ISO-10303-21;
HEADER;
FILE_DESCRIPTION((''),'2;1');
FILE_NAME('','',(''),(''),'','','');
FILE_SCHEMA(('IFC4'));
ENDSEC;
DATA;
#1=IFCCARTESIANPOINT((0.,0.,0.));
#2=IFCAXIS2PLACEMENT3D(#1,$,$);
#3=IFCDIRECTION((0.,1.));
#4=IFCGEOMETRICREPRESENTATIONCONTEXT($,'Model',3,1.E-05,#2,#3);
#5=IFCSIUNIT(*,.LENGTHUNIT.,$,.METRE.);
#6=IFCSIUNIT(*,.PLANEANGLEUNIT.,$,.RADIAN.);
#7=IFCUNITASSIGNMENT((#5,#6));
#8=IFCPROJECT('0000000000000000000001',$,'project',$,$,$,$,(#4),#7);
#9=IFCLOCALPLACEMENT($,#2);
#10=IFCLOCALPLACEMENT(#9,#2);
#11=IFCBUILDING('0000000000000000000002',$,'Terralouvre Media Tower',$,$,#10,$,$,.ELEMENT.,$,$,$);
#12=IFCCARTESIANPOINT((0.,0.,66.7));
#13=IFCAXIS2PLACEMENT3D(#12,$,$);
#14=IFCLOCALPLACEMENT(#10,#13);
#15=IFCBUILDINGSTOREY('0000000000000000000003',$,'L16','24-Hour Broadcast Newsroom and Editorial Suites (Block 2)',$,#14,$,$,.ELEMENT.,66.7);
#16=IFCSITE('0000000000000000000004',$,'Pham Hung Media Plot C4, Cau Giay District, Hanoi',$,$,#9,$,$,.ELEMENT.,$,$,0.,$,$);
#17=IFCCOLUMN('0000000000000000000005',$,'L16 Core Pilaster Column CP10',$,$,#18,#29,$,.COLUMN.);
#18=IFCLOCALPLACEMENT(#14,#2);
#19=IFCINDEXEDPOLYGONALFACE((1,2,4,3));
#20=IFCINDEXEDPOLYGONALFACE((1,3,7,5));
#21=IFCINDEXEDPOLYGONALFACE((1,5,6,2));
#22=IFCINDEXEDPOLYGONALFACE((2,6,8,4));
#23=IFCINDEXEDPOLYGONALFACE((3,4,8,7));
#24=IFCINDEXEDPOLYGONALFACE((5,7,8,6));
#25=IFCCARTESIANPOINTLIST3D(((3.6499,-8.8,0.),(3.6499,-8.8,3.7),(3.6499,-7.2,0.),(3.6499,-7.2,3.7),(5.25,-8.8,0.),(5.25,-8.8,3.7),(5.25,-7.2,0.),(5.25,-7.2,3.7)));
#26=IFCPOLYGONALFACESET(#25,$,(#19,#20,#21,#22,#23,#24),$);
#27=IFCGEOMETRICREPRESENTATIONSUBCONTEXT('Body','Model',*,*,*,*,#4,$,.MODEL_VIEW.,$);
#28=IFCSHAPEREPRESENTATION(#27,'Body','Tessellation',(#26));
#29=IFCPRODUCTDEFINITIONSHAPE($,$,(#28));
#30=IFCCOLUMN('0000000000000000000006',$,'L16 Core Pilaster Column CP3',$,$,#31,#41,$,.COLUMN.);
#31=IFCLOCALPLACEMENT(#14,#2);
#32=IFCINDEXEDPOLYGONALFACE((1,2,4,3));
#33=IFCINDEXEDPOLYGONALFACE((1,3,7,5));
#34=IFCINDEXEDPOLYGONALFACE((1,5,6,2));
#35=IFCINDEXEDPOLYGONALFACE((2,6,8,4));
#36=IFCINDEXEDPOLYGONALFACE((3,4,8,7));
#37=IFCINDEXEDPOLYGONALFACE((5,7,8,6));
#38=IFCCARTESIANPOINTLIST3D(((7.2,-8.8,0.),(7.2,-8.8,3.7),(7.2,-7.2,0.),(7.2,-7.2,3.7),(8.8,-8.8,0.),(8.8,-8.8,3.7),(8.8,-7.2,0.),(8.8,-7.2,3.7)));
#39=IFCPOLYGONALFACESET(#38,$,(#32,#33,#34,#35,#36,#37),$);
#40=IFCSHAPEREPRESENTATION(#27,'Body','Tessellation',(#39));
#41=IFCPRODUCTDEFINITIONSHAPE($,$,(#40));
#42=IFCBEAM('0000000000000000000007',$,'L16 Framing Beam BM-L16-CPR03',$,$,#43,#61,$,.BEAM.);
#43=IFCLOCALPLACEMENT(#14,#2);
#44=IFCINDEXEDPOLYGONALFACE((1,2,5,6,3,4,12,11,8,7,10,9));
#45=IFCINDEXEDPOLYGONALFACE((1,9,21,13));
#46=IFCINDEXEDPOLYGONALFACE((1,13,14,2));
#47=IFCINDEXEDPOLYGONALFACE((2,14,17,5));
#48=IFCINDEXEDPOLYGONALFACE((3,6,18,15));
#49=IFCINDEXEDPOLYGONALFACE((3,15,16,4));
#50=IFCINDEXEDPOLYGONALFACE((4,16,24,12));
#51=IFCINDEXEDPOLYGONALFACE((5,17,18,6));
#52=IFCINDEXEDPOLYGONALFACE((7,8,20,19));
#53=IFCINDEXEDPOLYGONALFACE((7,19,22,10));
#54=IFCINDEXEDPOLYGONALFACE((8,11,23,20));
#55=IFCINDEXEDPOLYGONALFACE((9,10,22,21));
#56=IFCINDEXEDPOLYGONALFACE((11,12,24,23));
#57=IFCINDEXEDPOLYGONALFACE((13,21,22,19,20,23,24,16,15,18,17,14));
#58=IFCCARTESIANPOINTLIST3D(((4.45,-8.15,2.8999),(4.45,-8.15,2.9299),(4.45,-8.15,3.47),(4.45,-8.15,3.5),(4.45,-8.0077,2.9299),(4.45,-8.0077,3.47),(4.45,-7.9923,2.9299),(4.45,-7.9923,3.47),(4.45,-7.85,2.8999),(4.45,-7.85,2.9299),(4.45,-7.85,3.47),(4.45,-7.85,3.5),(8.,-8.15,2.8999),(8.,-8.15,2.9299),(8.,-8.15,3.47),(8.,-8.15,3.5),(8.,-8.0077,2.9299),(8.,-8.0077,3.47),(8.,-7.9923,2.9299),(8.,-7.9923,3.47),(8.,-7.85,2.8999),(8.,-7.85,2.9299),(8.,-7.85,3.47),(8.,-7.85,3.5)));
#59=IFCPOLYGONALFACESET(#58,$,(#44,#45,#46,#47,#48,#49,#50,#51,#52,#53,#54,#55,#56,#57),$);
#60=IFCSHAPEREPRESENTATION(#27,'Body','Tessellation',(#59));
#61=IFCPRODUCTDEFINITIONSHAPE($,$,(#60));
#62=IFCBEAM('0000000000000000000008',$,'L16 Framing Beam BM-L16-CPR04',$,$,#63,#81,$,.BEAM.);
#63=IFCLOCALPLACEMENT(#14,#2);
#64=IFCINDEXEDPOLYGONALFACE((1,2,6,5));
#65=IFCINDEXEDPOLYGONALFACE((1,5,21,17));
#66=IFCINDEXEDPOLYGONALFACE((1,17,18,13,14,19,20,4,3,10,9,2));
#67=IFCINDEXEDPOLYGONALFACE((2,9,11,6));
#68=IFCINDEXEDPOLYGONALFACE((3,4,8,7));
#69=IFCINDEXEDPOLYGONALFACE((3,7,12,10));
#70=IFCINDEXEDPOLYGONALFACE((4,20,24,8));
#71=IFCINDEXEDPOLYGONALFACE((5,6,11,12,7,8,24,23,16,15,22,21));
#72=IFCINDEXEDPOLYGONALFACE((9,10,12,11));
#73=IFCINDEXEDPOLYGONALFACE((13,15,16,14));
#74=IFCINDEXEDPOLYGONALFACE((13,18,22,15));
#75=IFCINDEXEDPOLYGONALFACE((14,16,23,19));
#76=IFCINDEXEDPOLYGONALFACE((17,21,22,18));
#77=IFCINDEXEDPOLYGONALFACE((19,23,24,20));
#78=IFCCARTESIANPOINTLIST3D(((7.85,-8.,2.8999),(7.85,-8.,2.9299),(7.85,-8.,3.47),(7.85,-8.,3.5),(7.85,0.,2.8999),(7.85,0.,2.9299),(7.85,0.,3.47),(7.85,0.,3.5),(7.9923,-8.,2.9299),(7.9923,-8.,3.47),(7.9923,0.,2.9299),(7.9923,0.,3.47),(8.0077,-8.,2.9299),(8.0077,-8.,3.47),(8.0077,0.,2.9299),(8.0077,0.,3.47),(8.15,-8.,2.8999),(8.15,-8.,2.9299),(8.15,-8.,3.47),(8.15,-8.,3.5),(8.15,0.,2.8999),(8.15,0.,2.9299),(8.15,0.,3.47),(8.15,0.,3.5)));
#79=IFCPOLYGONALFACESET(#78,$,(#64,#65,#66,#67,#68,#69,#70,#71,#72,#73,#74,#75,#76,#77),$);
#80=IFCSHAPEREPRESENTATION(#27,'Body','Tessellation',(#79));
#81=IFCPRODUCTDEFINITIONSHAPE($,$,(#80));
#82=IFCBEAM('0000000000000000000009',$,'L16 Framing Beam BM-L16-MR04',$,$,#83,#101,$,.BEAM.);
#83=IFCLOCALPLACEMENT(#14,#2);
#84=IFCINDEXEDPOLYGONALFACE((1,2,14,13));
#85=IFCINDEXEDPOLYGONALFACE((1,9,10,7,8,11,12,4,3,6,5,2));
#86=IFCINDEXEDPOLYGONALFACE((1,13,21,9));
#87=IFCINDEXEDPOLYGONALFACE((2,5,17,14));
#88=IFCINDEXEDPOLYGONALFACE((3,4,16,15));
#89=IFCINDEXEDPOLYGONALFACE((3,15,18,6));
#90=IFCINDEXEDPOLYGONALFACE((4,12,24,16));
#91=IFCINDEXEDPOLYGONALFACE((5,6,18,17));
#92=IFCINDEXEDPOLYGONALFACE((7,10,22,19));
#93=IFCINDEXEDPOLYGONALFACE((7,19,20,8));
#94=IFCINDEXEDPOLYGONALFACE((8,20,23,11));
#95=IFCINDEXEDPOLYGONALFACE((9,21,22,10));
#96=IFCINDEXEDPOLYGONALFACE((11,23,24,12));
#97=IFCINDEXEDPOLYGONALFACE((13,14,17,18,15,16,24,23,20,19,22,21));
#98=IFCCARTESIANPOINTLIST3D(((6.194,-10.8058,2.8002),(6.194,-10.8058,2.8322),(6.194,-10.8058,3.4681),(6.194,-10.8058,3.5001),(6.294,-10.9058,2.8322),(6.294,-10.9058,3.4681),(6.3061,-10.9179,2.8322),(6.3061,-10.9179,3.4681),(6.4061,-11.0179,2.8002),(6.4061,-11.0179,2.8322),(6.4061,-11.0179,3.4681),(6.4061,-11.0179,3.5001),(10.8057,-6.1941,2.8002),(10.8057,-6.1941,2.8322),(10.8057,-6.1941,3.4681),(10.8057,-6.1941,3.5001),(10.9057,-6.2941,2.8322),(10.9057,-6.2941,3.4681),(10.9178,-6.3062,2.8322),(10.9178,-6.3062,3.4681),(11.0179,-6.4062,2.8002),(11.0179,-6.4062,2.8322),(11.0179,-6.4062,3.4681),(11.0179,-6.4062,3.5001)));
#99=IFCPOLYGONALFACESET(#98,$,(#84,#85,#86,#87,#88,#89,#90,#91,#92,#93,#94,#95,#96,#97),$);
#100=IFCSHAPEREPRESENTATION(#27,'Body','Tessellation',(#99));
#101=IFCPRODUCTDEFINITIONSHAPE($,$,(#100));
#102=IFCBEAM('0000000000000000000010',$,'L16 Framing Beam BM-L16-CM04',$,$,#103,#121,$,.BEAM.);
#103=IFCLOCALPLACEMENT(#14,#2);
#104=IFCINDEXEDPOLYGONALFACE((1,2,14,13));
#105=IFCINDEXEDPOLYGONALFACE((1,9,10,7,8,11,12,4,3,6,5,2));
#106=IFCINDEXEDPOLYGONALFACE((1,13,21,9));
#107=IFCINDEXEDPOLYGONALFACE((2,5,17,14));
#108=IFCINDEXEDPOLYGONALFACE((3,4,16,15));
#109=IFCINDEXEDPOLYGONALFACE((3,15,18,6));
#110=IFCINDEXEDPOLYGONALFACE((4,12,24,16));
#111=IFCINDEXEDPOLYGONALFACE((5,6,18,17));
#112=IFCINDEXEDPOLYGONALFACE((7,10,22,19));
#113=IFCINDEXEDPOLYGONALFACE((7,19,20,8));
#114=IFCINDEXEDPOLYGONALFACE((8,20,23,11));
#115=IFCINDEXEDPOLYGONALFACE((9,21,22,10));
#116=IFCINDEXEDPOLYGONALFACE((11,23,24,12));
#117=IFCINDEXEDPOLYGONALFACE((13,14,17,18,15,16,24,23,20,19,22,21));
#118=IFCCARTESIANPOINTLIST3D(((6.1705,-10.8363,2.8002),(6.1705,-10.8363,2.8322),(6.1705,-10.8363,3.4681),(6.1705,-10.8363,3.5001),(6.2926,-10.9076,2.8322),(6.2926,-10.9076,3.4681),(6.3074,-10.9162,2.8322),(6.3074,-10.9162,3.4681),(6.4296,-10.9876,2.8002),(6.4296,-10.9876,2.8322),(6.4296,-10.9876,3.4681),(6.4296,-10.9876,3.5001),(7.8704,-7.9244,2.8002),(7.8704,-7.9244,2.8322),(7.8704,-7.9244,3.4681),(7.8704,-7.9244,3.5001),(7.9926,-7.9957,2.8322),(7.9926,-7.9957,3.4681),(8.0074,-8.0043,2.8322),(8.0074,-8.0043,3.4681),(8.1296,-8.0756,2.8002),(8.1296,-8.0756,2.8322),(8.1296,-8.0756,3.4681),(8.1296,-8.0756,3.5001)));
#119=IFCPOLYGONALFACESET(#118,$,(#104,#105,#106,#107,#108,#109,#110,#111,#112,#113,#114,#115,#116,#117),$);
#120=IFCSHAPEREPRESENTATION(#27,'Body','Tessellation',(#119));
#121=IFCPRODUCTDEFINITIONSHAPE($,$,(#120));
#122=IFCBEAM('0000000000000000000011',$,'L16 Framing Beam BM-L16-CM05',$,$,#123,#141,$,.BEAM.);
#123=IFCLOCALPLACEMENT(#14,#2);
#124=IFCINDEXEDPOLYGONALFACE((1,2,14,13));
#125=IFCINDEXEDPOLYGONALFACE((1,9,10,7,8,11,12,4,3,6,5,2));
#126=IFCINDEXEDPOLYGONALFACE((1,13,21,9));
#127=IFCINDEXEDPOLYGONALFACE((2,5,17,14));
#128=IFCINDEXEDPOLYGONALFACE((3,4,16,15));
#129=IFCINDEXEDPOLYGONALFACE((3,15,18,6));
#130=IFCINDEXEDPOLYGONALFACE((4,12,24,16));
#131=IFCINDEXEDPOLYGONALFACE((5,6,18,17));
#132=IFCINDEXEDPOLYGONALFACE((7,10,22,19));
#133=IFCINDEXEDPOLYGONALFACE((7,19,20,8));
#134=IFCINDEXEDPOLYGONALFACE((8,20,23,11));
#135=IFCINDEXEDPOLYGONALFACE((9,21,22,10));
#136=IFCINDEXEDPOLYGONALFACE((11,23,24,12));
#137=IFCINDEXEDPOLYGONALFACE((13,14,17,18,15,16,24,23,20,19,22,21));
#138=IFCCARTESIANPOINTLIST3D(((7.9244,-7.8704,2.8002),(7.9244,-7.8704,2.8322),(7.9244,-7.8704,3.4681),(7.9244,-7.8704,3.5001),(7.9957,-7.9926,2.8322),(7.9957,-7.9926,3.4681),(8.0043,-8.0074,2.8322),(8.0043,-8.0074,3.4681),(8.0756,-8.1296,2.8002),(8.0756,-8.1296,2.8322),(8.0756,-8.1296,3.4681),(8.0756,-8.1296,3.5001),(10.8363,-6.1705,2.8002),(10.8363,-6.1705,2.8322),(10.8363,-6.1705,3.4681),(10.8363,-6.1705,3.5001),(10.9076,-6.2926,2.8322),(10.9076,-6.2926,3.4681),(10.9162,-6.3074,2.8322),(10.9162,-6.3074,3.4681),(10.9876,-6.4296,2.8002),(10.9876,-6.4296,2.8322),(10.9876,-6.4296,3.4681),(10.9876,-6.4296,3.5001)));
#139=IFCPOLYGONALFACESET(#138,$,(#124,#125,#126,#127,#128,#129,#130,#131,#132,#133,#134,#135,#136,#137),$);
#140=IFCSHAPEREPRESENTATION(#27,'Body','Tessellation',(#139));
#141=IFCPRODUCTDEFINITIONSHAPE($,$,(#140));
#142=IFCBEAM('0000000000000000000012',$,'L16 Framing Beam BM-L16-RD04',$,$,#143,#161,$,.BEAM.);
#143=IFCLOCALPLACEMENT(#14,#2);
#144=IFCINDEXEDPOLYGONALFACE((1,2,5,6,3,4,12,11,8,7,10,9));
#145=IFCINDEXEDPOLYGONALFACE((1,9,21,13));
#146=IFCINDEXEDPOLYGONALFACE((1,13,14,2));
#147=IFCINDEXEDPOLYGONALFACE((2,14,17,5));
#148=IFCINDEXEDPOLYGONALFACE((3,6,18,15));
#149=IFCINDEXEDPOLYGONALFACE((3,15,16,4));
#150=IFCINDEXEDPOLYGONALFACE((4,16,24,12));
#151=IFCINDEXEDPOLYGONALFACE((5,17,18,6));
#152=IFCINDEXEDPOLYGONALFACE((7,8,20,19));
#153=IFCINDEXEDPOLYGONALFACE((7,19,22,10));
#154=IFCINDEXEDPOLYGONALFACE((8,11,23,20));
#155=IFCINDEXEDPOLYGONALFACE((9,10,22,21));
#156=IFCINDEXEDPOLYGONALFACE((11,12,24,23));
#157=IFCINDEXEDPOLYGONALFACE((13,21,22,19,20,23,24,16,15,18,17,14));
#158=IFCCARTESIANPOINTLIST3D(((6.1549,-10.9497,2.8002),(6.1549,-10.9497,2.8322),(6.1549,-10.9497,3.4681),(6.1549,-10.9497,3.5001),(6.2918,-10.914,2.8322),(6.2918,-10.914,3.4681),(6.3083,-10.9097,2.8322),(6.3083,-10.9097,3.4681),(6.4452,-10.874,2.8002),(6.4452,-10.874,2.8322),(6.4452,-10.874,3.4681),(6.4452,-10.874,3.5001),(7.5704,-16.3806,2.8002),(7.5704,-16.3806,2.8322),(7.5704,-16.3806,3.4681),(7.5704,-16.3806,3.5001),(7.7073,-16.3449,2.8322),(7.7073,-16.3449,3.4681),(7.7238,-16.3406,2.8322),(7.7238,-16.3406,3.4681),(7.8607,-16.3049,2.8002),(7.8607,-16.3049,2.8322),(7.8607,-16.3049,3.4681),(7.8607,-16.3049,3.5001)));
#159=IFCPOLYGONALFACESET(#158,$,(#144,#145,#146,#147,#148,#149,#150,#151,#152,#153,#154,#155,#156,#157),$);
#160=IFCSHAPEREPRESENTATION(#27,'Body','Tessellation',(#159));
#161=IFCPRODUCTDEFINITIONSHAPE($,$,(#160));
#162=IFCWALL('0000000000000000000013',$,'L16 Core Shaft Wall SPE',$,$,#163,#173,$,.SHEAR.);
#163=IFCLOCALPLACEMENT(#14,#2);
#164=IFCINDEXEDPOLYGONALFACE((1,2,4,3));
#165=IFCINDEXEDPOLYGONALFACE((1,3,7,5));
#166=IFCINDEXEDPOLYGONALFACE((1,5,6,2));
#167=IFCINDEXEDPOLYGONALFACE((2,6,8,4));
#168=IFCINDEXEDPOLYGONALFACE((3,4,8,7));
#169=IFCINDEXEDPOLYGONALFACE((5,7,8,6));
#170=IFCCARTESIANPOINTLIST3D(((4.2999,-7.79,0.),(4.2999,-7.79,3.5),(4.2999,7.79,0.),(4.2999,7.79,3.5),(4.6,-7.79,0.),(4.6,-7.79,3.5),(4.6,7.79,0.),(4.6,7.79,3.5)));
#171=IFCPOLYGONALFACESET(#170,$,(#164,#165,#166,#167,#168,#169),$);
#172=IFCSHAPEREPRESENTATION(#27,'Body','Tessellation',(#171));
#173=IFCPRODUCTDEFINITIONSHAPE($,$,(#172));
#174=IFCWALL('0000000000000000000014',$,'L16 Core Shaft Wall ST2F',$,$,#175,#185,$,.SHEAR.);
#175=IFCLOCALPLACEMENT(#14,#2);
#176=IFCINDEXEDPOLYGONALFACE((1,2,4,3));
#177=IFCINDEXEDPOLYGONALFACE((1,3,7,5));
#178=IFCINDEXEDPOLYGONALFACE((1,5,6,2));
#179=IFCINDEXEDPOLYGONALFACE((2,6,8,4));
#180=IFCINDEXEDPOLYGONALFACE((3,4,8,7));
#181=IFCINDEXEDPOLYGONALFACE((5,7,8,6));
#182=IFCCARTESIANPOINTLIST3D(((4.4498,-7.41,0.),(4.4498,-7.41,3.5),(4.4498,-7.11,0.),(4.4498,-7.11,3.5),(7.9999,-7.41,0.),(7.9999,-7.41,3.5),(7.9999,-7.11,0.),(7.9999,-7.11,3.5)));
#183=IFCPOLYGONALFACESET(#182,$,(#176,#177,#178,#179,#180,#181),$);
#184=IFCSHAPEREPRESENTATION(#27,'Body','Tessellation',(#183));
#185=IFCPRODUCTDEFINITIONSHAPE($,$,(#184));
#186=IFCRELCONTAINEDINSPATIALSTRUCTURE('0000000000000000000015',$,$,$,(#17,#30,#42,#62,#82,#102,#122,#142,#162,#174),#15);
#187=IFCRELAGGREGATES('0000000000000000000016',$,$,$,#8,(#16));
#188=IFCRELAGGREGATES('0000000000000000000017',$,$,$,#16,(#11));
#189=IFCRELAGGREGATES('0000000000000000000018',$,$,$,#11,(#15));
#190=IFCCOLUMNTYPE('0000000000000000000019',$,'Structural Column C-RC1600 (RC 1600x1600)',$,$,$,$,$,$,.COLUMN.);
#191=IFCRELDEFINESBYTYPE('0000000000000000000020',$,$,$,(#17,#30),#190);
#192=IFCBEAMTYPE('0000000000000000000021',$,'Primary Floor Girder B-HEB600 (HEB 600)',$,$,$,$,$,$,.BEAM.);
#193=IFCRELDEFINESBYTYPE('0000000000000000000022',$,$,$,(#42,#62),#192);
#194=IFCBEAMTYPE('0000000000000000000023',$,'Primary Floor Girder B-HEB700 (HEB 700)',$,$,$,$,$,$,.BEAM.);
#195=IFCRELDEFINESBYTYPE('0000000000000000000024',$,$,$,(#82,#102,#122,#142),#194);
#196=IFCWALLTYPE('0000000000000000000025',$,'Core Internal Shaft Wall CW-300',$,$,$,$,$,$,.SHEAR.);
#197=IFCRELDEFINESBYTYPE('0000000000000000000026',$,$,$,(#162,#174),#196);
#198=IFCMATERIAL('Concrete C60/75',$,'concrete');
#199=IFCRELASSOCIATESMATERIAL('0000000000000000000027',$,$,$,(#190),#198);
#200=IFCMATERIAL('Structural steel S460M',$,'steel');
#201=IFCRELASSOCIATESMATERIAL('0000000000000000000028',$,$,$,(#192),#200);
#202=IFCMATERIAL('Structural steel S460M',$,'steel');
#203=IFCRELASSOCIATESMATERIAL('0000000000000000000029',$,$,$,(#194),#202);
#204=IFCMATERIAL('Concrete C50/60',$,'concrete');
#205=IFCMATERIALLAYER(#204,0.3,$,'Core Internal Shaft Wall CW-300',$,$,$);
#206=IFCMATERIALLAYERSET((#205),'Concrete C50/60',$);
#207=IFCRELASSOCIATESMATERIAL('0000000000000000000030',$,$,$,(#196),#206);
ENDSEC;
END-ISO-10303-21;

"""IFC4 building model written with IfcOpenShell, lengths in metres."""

from ifc_helpers import new_model, si_unit, direction, frame, frame_2d, origin, origin_2d, place, context, subcontext, project, spatial, rectangle, i_section, extrude, material, layer, layer_set, material_profile, profile_set, type_object, element, save


model = new_model("IFC4")

# Units and contexts
model_context = context("Model", 3, precision=1e-05, world=origin(), true_north=direction((0.0, 1.0)))
body_context = subcontext(model_context, "Body", "Model", "MODEL_VIEW")
ifc_project = project(units=[si_unit("LENGTHUNIT", "METRE"), si_unit("PLANEANGLEUNIT", "RADIAN")], contexts=[model_context])

# Site, building, storey
site_placement = place(None, origin())
site = spatial("IfcSite", under=ifc_project, at=site_placement, Name="Pham Hung Media Plot C4, Cau Giay District, Hanoi", CompositionType="ELEMENT", RefElevation=0.0)
building_placement = place(site_placement, origin())
building = spatial("IfcBuilding", under=site, at=building_placement, Name="Terralouvre Media Tower", CompositionType="ELEMENT")
storey_placement = place(building_placement, frame((0.0, 0.0, 66.7)))
storey = spatial("IfcBuildingStorey", under=building, at=storey_placement, Name="L16", Description="24-Hour Broadcast Newsroom and Editorial Suites (Block 2)", CompositionType="ELEMENT", Elevation=66.7)

# Columns
ifc_material_1 = material(Name="Concrete C60/75", Category="concrete")
ifc_material_profile_1 = material_profile(ifc_material_1, rectangle(XDim=1.6001, YDim=1.6001, at=origin_2d()), Name="RC 1600x1600")
ifc_profile_set_1 = profile_set([ifc_material_profile_1], Name="Concrete C60/75")
column_type = type_object("IfcColumnType", Name="Structural Column C-RC1600 (RC 1600x1600)", PredefinedType="COLUMN", material=ifc_profile_set_1)
for number, where, z_axis, x_axis, name in (
    (1, (4.45, -8.0, 0.0), (0.0, 0.0, 1.0), (1.0, 0.0, 0.0), "L16 Core Pilaster Column CP10"),
    (2, (8.0, -8.0, 0.0), (0.0, 0.0, 1.0), (1.0, 0.0, 0.0), "L16 Core Pilaster Column CP3"),
):
    element("IfcColumn", number, at=place(storey_placement, frame(where, z_axis=z_axis, x_axis=x_axis)), inside=storey, type_object=column_type, Name=name, PredefinedType="COLUMN", context=body_context, shape_type="SweptSolid", body=[
        extrude(rectangle(XDim=1.6001, YDim=1.6001, at=origin_2d()), origin(), (0.0, 0.0, 1.0), 3.7),
    ])

# Beams
ifc_material_2 = material(Name="Structural steel S460M", Category="steel")
ifc_material_profile_2 = material_profile(ifc_material_2, i_section(OverallWidth=0.3, OverallDepth=0.6001, WebThickness=0.0154, FlangeThickness=0.03, at=origin_2d()), Name="HEB 600")
ifc_profile_set_2 = profile_set([ifc_material_profile_2], Name="Structural steel S460M")
beam_type_1 = type_object("IfcBeamType", Name="Primary Floor Girder B-HEB600 (HEB 600)", PredefinedType="BEAM", material=ifc_profile_set_2)
beam_1_placement = place(storey_placement, frame((4.45, -8.0, 3.2), z_axis=(1.0, 0.0, 0.0), x_axis=(0.0, 1.0, 0.0)))
element("IfcBeam", 3, at=beam_1_placement, inside=storey, type_object=beam_type_1, Name="L16 Framing Beam BM-L16-CPR03", PredefinedType="BEAM", context=body_context, shape_type="SweptSolid", body=[
    extrude(i_section(OverallWidth=0.3, OverallDepth=0.6001, WebThickness=0.0154, FlangeThickness=0.03, at=origin_2d()), origin(), (0.0, 0.0, 1.0), 3.55),
])
beam_2_placement = place(storey_placement, frame((8.0, -8.0, 3.2), z_axis=(0.0, 1.0, 0.0), x_axis=(-1.0, 0.0, 0.0)))
element("IfcBeam", 4, at=beam_2_placement, inside=storey, type_object=beam_type_1, Name="L16 Framing Beam BM-L16-CPR04", PredefinedType="BEAM", context=body_context, shape_type="SweptSolid", body=[
    extrude(i_section(OverallWidth=0.3, OverallDepth=0.6001, WebThickness=0.0154, FlangeThickness=0.03, at=origin_2d()), origin(), (0.0, 0.0, 1.0), 8.0),
])
ifc_material_3 = material(Name="Structural steel S460M", Category="steel")
ifc_material_profile_3 = material_profile(ifc_material_3, i_section(OverallWidth=0.3, OverallDepth=0.7, WebThickness=0.0171, FlangeThickness=0.032, at=origin_2d()), Name="HEB 700")
ifc_profile_set_3 = profile_set([ifc_material_profile_3], Name="Structural steel S460M")
beam_type_2 = type_object("IfcBeamType", Name="Primary Floor Girder B-HEB700 (HEB 700)", PredefinedType="BEAM", material=ifc_profile_set_3)
beam_3_placement = place(storey_placement, frame((6.3, -10.9119, 3.1501), z_axis=(0.707107, 0.707107, 0.0), x_axis=(-0.707107, 0.707107, 0.0)))
element("IfcBeam", 5, at=beam_3_placement, inside=storey, type_object=beam_type_2, Name="L16 Framing Beam BM-L16-MR04", PredefinedType="BEAM", context=body_context, shape_type="SweptSolid", body=[
    extrude(i_section(OverallWidth=0.3, OverallDepth=0.7, WebThickness=0.0171, FlangeThickness=0.032, at=origin_2d()), origin(), (0.0, 0.0, 1.0), 6.522),
])
for number, where, z_axis, x_axis, name in (
    (6, (8.0, -8.0, 3.1501), (-0.504173, -0.863603, 0.0), (0.863603, -0.504173, 0.0), "L16 Framing Beam BM-L16-CM04"),
    (7, (8.0, -8.0, 3.1501), (0.863603, 0.504173, 0.0), (-0.504173, 0.863603, 0.0), "L16 Framing Beam BM-L16-CM05"),
):
    element("IfcBeam", number, at=place(storey_placement, frame(where, z_axis=z_axis, x_axis=x_axis)), inside=storey, type_object=beam_type_2, Name=name, PredefinedType="BEAM", context=body_context, shape_type="SweptSolid", body=[
        extrude(i_section(OverallWidth=0.3, OverallDepth=0.7, WebThickness=0.0171, FlangeThickness=0.032, at=origin_2d()), origin(), (0.0, 0.0, 1.0), 3.3718),
    ])
beam_4_placement = place(storey_placement, frame((6.3, -10.9119, 3.1501), z_axis=(0.252216, -0.967671, 0.0), x_axis=(0.967671, 0.252216, 0.0)))
element("IfcBeam", 8, at=beam_4_placement, inside=storey, type_object=beam_type_2, Name="L16 Framing Beam BM-L16-RD04", PredefinedType="BEAM", context=body_context, shape_type="SweptSolid", body=[
    extrude(i_section(OverallWidth=0.3, OverallDepth=0.7, WebThickness=0.0171, FlangeThickness=0.032, at=origin_2d()), origin(), (0.0, 0.0, 1.0), 5.6123),
])

# Walls
ifc_material_4 = material(Name="Concrete C50/60", Category="concrete")
ifc_layer_1 = layer(ifc_material_4, 0.3, Name="Core Internal Shaft Wall CW-300")
ifc_layer_set_1 = layer_set([ifc_layer_1], Name="Concrete C50/60")
wall_type_1 = type_object("IfcWallType", Name="Core Internal Shaft Wall CW-300", PredefinedType="SHEAR", material=ifc_layer_set_1)
wall_1_placement = place(storey_placement, frame((4.45, -7.79, 0.0), z_axis=(0.0, 0.0, 1.0), x_axis=(0.0, 1.0, 0.0)))
element("IfcWall", 9, at=wall_1_placement, inside=storey, type_object=wall_type_1, Name="L16 Core Shaft Wall SPE", PredefinedType="SHEAR", context=body_context, shape_type="SweptSolid", body=[
    extrude(rectangle(XDim=15.5801, YDim=0.3, at=frame_2d((7.79, 0.0))), origin(), (0.0, 0.0, 1.0), 3.5),
])
wall_2_placement = place(storey_placement, frame((4.45, -7.26, 0.0), z_axis=(0.0, 0.0, 1.0), x_axis=(1.0, 0.0, 0.0)))
element("IfcWall", 10, at=wall_2_placement, inside=storey, type_object=wall_type_1, Name="L16 Core Shaft Wall ST2F", PredefinedType="SHEAR", context=body_context, shape_type="SweptSolid", body=[
    extrude(rectangle(XDim=3.55, YDim=0.3, at=frame_2d((1.7749, 0.0))), origin(), (0.0, 0.0, 1.0), 3.5),
])

save(model, "model.ifc")
